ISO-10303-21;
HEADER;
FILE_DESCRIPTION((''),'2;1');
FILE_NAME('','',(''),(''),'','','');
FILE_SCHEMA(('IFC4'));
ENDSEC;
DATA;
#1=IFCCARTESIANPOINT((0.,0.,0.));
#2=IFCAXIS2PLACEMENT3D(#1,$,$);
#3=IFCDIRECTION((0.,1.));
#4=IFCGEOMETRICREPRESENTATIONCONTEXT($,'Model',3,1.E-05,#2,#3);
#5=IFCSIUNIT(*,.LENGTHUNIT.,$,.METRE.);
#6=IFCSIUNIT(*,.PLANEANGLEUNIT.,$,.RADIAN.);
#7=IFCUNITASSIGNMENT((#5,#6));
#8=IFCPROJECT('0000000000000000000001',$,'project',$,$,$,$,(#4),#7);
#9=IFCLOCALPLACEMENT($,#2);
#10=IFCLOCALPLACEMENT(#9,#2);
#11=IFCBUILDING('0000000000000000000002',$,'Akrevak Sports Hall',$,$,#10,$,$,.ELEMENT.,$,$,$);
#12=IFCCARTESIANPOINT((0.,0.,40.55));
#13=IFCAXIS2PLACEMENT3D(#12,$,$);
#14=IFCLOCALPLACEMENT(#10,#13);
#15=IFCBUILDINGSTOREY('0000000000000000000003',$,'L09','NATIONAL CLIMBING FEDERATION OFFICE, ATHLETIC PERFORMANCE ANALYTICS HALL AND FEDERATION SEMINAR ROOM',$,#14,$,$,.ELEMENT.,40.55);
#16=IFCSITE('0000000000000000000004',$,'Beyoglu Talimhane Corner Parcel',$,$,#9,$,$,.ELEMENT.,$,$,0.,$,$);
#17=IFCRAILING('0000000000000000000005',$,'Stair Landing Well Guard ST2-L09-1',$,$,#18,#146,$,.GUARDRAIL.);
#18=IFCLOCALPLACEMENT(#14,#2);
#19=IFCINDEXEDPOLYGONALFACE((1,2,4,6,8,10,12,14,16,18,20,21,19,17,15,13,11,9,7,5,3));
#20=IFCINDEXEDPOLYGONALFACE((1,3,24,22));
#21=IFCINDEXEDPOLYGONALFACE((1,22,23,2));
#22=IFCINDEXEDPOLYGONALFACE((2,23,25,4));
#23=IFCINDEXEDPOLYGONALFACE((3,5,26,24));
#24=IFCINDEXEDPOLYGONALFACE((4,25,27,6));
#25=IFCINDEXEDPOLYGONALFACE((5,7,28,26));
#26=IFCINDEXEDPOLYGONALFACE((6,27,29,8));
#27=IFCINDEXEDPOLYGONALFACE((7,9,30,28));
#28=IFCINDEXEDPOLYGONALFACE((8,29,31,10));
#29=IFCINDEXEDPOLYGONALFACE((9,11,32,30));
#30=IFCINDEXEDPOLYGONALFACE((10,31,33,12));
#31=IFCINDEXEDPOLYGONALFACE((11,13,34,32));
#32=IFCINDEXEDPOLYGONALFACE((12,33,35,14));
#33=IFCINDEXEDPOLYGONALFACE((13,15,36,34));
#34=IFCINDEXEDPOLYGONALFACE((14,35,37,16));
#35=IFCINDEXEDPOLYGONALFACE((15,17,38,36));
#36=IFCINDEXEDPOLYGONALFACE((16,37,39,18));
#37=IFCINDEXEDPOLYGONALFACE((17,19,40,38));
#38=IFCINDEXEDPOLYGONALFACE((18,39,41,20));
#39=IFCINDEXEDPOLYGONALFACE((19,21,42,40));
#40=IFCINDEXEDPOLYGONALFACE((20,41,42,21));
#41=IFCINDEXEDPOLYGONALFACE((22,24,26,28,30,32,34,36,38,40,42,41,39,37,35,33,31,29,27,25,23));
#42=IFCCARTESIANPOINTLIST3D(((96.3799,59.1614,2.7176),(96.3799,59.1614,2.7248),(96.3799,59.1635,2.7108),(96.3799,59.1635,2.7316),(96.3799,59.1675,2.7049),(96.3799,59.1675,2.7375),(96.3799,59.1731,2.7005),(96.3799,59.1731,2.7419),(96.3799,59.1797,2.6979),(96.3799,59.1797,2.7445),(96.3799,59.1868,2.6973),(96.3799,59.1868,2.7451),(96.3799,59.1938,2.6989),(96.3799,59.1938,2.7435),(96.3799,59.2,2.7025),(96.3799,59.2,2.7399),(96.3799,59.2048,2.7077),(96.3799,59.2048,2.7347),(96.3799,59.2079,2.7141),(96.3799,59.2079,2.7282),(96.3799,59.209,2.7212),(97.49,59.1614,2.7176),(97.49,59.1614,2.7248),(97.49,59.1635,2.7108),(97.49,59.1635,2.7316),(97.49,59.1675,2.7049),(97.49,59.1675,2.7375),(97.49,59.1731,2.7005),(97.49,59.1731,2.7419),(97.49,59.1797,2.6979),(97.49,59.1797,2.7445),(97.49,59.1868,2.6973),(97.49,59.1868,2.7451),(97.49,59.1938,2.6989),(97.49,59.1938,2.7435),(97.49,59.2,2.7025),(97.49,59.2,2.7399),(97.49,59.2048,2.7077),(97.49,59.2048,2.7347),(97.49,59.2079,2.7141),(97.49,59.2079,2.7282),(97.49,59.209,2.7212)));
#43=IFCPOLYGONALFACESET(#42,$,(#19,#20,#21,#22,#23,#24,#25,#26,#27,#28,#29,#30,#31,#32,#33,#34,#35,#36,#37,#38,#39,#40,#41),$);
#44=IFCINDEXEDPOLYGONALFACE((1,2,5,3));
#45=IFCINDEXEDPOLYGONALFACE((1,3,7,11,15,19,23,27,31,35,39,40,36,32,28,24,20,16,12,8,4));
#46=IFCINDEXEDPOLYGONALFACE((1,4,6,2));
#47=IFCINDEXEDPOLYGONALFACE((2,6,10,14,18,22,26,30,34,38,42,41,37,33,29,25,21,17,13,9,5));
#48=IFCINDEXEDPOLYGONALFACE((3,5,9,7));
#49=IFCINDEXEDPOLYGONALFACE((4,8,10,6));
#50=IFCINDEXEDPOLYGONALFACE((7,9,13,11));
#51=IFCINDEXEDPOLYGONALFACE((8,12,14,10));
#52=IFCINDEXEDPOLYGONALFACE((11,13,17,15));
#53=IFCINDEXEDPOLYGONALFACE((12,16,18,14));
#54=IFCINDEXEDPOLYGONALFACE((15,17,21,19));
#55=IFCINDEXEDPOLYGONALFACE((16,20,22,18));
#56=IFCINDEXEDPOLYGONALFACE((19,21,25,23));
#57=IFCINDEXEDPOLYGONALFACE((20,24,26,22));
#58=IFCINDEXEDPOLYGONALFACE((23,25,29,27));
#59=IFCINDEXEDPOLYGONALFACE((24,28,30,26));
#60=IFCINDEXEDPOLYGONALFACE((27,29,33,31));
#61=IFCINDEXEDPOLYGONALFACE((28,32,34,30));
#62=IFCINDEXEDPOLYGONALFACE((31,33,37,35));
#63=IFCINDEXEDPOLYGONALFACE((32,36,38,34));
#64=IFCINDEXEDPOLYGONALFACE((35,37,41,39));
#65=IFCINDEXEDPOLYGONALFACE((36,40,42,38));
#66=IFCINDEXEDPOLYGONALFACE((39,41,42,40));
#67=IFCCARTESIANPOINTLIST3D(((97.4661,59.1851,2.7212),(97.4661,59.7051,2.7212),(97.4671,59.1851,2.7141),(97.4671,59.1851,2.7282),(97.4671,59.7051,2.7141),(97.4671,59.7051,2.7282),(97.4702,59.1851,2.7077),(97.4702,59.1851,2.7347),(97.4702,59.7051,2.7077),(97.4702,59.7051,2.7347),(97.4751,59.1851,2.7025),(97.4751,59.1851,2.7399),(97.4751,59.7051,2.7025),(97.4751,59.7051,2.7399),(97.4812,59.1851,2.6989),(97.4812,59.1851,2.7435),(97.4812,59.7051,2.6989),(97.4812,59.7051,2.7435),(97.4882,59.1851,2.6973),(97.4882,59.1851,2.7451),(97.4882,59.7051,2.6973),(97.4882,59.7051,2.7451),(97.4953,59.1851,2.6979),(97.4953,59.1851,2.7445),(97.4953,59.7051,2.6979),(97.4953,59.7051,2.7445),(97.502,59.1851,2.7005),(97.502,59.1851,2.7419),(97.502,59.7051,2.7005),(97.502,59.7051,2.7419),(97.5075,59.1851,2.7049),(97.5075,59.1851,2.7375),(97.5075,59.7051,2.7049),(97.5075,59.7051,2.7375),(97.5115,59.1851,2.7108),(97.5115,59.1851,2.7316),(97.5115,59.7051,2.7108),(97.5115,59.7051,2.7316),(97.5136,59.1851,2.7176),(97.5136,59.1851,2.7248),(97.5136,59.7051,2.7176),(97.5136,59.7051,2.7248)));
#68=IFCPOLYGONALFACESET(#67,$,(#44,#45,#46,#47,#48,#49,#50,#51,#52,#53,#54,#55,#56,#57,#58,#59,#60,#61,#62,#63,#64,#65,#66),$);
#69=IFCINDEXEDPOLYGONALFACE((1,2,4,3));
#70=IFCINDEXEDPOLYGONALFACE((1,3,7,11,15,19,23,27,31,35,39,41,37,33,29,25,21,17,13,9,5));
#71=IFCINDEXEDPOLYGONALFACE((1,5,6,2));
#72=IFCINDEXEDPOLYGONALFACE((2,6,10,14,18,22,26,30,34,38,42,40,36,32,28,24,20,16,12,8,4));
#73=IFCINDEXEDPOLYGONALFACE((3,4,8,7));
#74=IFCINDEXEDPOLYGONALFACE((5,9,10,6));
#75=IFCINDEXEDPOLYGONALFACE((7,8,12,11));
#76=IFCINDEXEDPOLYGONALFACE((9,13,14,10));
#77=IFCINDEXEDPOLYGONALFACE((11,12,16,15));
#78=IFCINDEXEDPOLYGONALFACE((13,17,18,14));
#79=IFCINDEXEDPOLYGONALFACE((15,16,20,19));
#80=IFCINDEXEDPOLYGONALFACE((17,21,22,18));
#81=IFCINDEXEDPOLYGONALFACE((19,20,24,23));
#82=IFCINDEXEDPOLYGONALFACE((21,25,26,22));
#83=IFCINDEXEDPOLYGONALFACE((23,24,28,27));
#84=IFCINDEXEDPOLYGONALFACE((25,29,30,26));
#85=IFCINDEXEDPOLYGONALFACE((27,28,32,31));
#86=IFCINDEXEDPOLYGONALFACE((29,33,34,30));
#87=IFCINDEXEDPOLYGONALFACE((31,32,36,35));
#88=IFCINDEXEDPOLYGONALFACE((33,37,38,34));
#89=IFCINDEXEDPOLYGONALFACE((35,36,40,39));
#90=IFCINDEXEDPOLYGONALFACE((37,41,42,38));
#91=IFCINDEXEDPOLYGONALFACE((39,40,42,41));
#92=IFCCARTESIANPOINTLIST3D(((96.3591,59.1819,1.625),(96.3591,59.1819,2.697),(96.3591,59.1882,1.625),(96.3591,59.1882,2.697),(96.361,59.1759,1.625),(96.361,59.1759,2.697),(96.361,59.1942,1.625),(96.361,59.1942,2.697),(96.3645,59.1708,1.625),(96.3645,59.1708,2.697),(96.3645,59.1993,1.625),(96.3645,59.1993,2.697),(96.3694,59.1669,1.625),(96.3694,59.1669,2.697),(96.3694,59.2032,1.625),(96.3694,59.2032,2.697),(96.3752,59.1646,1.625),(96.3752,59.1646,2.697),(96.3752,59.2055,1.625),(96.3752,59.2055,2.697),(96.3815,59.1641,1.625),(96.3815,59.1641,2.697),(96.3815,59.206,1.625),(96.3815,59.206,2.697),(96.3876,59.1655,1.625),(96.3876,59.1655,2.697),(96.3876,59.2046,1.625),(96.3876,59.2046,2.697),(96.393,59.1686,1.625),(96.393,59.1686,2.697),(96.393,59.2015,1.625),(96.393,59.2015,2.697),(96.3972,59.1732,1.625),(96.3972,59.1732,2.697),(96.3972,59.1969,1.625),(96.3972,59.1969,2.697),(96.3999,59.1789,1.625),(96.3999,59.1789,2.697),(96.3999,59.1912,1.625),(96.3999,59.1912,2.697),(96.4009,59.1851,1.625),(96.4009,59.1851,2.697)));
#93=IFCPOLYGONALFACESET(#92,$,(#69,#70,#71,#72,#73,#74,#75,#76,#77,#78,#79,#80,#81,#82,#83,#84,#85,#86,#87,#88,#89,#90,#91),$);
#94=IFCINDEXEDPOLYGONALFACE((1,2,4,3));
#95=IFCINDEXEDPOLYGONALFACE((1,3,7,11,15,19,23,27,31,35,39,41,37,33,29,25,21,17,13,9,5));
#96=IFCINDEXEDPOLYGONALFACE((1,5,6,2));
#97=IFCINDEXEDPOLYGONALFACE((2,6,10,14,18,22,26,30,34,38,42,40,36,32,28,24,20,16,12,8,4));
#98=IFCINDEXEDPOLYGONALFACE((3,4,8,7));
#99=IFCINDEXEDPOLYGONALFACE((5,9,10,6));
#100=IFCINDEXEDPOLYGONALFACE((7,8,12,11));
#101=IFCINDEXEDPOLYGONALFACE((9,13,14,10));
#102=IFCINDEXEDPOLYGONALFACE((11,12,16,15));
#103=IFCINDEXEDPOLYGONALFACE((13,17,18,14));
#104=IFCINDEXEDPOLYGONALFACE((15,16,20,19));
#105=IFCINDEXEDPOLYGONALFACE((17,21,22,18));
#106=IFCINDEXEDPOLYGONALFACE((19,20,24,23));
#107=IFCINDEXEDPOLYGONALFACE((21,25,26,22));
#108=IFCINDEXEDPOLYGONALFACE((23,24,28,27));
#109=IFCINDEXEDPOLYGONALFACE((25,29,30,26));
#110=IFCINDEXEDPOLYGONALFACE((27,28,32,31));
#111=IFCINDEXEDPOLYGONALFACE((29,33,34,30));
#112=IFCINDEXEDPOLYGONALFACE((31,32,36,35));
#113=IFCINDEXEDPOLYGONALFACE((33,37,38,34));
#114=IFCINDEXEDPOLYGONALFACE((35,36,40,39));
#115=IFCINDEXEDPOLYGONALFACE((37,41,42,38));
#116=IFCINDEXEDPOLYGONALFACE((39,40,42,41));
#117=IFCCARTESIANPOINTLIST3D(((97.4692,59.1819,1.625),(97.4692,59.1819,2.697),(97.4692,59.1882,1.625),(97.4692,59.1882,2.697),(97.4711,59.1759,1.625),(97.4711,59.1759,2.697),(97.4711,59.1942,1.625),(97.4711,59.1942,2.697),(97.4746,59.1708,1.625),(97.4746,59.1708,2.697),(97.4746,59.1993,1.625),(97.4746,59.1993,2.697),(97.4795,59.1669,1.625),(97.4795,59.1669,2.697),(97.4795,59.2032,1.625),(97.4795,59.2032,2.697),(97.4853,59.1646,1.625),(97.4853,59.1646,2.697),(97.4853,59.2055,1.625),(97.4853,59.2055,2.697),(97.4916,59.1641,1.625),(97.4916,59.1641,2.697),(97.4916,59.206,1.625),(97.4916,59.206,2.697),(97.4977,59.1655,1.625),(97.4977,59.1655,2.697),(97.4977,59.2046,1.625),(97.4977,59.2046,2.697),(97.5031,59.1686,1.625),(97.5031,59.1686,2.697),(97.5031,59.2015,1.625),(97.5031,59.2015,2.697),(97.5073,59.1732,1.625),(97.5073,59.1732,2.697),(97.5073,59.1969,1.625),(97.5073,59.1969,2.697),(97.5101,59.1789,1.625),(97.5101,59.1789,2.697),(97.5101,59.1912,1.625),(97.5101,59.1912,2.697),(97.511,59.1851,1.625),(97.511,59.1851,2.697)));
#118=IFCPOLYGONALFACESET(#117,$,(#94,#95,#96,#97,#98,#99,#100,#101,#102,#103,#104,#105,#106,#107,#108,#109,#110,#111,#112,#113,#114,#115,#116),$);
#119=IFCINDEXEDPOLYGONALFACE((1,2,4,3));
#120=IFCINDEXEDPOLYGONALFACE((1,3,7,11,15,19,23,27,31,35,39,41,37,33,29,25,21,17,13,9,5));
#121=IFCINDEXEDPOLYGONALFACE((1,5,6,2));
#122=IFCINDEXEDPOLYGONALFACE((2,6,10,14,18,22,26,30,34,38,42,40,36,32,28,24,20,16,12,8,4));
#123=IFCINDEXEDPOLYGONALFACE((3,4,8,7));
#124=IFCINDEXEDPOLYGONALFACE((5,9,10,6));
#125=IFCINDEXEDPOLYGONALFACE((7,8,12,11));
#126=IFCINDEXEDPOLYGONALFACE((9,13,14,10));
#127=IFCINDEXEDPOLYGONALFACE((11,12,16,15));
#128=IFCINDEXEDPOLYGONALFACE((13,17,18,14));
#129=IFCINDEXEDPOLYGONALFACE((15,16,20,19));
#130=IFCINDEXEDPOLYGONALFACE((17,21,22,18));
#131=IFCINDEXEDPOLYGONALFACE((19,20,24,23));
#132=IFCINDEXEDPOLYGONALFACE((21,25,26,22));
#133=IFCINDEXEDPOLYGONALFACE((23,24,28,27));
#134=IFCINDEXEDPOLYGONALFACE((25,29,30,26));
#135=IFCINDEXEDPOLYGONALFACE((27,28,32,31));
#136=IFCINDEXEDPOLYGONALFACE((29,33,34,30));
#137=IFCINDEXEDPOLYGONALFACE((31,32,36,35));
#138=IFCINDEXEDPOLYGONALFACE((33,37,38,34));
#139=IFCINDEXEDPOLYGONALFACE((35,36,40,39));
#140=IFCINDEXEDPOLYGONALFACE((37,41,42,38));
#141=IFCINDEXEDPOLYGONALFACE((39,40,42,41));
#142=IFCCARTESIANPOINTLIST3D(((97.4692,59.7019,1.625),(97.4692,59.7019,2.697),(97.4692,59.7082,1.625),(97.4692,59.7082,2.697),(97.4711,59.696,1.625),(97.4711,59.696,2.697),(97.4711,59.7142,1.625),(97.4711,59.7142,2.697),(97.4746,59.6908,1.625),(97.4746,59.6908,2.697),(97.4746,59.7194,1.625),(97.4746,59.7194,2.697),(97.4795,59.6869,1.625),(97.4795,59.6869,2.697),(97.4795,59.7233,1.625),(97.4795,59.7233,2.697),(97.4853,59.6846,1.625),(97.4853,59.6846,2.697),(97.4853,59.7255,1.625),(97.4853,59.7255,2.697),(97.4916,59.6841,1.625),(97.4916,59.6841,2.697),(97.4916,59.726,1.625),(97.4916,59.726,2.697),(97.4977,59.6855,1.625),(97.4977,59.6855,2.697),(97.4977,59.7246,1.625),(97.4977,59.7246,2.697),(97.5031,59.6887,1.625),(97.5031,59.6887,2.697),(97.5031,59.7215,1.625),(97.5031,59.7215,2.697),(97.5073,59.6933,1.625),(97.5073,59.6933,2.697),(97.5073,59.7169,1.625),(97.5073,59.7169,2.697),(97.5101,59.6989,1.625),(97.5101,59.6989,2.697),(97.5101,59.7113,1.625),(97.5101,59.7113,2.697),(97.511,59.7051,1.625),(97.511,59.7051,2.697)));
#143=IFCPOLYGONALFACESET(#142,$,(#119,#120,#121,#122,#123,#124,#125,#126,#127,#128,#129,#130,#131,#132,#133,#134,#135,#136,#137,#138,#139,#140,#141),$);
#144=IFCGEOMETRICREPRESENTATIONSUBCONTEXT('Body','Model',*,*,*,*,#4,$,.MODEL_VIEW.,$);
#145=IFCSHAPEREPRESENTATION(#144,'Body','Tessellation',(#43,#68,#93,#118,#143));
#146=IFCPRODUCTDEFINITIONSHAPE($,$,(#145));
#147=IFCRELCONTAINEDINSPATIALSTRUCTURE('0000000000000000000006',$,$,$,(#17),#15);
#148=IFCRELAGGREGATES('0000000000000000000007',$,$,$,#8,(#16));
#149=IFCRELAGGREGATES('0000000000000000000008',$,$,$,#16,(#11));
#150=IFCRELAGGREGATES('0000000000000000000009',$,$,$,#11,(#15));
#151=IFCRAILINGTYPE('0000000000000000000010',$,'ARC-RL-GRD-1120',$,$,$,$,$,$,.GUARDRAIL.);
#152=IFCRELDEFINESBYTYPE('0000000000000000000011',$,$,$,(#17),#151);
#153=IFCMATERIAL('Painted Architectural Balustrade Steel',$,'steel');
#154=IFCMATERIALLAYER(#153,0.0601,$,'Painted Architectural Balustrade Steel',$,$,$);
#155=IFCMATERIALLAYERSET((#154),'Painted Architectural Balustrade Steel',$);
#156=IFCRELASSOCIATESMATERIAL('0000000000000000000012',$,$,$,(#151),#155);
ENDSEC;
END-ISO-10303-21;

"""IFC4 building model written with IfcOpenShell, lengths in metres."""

from ifc_helpers import new_model, si_unit, direction, frame, origin, origin_2d, place, context, subcontext, project, spatial, circle, extrude, material, layer, layer_set, type_object, element, save


model = new_model("IFC4")

# Units and contexts
model_context = context("Model", 3, precision=1e-05, world=origin(), true_north=direction((0.0, 1.0)))
body_context = subcontext(model_context, "Body", "Model", "MODEL_VIEW")
ifc_project = project(units=[si_unit("LENGTHUNIT", "METRE"), si_unit("PLANEANGLEUNIT", "RADIAN")], contexts=[model_context])

# Site, building, storey
site_placement = place(None, origin())
site = spatial("IfcSite", under=ifc_project, at=site_placement, Name="Beyoglu Talimhane Corner Parcel", CompositionType="ELEMENT", RefElevation=0.0)
building_placement = place(site_placement, origin())
building = spatial("IfcBuilding", under=site, at=building_placement, Name="Akrevak Sports Hall", CompositionType="ELEMENT")
storey_placement = place(building_placement, frame((0.0, 0.0, 40.55)))
storey = spatial("IfcBuildingStorey", under=building, at=storey_placement, Name="L09", Description="NATIONAL CLIMBING FEDERATION OFFICE, ATHLETIC PERFORMANCE ANALYTICS HALL AND FEDERATION SEMINAR ROOM", CompositionType="ELEMENT", Elevation=40.55)

# Railing
ifc_material_1 = material(Name="Painted Architectural Balustrade Steel", Category="steel")
ifc_layer_1 = layer(ifc_material_1, 0.0601, Name="Painted Architectural Balustrade Steel")
ifc_layer_set_1 = layer_set([ifc_layer_1], Name="Painted Architectural Balustrade Steel")
railing_type_1 = type_object("IfcRailingType", Name="ARC-RL-GRD-1120", PredefinedType="GUARDRAIL", material=ifc_layer_set_1)
railing_1_placement = place(storey_placement, frame((96.3799, 59.1851, 1.625)))
element("IfcRailing", 1, at=railing_1_placement, inside=storey, type_object=railing_type_1, Name="Stair Landing Well Guard ST2-L09-1", PredefinedType="GUARDRAIL", context=body_context, shape_type="SweptSolid", body=[
    extrude(circle(Radius=0.0239, at=origin_2d()), frame((0.0, 0.0, 1.0962), z_axis=(1.0, 0.0, 0.0), x_axis=(0.0, 1.0, 0.0)), (0.0, 0.0, 1.0), 1.1101),
    extrude(circle(Radius=0.0239, at=origin_2d()), frame((1.1101, 0.0, 1.0962), z_axis=(0.0, 1.0, 0.0), x_axis=(-1.0, 0.0, 0.0)), (0.0, 0.0, 1.0), 0.52),
    extrude(circle(Radius=0.021, at=origin_2d()), origin(), (0.0, 0.0, 1.0), 1.072),
    extrude(circle(Radius=0.021, at=origin_2d()), frame((1.1101, 0.0, 0.0)), (0.0, 0.0, 1.0), 1.072),
    extrude(circle(Radius=0.021, at=origin_2d()), frame((1.1101, 0.52, 0.0)), (0.0, 0.0, 1.0), 1.072),
])

save(model, "model.ifc")
